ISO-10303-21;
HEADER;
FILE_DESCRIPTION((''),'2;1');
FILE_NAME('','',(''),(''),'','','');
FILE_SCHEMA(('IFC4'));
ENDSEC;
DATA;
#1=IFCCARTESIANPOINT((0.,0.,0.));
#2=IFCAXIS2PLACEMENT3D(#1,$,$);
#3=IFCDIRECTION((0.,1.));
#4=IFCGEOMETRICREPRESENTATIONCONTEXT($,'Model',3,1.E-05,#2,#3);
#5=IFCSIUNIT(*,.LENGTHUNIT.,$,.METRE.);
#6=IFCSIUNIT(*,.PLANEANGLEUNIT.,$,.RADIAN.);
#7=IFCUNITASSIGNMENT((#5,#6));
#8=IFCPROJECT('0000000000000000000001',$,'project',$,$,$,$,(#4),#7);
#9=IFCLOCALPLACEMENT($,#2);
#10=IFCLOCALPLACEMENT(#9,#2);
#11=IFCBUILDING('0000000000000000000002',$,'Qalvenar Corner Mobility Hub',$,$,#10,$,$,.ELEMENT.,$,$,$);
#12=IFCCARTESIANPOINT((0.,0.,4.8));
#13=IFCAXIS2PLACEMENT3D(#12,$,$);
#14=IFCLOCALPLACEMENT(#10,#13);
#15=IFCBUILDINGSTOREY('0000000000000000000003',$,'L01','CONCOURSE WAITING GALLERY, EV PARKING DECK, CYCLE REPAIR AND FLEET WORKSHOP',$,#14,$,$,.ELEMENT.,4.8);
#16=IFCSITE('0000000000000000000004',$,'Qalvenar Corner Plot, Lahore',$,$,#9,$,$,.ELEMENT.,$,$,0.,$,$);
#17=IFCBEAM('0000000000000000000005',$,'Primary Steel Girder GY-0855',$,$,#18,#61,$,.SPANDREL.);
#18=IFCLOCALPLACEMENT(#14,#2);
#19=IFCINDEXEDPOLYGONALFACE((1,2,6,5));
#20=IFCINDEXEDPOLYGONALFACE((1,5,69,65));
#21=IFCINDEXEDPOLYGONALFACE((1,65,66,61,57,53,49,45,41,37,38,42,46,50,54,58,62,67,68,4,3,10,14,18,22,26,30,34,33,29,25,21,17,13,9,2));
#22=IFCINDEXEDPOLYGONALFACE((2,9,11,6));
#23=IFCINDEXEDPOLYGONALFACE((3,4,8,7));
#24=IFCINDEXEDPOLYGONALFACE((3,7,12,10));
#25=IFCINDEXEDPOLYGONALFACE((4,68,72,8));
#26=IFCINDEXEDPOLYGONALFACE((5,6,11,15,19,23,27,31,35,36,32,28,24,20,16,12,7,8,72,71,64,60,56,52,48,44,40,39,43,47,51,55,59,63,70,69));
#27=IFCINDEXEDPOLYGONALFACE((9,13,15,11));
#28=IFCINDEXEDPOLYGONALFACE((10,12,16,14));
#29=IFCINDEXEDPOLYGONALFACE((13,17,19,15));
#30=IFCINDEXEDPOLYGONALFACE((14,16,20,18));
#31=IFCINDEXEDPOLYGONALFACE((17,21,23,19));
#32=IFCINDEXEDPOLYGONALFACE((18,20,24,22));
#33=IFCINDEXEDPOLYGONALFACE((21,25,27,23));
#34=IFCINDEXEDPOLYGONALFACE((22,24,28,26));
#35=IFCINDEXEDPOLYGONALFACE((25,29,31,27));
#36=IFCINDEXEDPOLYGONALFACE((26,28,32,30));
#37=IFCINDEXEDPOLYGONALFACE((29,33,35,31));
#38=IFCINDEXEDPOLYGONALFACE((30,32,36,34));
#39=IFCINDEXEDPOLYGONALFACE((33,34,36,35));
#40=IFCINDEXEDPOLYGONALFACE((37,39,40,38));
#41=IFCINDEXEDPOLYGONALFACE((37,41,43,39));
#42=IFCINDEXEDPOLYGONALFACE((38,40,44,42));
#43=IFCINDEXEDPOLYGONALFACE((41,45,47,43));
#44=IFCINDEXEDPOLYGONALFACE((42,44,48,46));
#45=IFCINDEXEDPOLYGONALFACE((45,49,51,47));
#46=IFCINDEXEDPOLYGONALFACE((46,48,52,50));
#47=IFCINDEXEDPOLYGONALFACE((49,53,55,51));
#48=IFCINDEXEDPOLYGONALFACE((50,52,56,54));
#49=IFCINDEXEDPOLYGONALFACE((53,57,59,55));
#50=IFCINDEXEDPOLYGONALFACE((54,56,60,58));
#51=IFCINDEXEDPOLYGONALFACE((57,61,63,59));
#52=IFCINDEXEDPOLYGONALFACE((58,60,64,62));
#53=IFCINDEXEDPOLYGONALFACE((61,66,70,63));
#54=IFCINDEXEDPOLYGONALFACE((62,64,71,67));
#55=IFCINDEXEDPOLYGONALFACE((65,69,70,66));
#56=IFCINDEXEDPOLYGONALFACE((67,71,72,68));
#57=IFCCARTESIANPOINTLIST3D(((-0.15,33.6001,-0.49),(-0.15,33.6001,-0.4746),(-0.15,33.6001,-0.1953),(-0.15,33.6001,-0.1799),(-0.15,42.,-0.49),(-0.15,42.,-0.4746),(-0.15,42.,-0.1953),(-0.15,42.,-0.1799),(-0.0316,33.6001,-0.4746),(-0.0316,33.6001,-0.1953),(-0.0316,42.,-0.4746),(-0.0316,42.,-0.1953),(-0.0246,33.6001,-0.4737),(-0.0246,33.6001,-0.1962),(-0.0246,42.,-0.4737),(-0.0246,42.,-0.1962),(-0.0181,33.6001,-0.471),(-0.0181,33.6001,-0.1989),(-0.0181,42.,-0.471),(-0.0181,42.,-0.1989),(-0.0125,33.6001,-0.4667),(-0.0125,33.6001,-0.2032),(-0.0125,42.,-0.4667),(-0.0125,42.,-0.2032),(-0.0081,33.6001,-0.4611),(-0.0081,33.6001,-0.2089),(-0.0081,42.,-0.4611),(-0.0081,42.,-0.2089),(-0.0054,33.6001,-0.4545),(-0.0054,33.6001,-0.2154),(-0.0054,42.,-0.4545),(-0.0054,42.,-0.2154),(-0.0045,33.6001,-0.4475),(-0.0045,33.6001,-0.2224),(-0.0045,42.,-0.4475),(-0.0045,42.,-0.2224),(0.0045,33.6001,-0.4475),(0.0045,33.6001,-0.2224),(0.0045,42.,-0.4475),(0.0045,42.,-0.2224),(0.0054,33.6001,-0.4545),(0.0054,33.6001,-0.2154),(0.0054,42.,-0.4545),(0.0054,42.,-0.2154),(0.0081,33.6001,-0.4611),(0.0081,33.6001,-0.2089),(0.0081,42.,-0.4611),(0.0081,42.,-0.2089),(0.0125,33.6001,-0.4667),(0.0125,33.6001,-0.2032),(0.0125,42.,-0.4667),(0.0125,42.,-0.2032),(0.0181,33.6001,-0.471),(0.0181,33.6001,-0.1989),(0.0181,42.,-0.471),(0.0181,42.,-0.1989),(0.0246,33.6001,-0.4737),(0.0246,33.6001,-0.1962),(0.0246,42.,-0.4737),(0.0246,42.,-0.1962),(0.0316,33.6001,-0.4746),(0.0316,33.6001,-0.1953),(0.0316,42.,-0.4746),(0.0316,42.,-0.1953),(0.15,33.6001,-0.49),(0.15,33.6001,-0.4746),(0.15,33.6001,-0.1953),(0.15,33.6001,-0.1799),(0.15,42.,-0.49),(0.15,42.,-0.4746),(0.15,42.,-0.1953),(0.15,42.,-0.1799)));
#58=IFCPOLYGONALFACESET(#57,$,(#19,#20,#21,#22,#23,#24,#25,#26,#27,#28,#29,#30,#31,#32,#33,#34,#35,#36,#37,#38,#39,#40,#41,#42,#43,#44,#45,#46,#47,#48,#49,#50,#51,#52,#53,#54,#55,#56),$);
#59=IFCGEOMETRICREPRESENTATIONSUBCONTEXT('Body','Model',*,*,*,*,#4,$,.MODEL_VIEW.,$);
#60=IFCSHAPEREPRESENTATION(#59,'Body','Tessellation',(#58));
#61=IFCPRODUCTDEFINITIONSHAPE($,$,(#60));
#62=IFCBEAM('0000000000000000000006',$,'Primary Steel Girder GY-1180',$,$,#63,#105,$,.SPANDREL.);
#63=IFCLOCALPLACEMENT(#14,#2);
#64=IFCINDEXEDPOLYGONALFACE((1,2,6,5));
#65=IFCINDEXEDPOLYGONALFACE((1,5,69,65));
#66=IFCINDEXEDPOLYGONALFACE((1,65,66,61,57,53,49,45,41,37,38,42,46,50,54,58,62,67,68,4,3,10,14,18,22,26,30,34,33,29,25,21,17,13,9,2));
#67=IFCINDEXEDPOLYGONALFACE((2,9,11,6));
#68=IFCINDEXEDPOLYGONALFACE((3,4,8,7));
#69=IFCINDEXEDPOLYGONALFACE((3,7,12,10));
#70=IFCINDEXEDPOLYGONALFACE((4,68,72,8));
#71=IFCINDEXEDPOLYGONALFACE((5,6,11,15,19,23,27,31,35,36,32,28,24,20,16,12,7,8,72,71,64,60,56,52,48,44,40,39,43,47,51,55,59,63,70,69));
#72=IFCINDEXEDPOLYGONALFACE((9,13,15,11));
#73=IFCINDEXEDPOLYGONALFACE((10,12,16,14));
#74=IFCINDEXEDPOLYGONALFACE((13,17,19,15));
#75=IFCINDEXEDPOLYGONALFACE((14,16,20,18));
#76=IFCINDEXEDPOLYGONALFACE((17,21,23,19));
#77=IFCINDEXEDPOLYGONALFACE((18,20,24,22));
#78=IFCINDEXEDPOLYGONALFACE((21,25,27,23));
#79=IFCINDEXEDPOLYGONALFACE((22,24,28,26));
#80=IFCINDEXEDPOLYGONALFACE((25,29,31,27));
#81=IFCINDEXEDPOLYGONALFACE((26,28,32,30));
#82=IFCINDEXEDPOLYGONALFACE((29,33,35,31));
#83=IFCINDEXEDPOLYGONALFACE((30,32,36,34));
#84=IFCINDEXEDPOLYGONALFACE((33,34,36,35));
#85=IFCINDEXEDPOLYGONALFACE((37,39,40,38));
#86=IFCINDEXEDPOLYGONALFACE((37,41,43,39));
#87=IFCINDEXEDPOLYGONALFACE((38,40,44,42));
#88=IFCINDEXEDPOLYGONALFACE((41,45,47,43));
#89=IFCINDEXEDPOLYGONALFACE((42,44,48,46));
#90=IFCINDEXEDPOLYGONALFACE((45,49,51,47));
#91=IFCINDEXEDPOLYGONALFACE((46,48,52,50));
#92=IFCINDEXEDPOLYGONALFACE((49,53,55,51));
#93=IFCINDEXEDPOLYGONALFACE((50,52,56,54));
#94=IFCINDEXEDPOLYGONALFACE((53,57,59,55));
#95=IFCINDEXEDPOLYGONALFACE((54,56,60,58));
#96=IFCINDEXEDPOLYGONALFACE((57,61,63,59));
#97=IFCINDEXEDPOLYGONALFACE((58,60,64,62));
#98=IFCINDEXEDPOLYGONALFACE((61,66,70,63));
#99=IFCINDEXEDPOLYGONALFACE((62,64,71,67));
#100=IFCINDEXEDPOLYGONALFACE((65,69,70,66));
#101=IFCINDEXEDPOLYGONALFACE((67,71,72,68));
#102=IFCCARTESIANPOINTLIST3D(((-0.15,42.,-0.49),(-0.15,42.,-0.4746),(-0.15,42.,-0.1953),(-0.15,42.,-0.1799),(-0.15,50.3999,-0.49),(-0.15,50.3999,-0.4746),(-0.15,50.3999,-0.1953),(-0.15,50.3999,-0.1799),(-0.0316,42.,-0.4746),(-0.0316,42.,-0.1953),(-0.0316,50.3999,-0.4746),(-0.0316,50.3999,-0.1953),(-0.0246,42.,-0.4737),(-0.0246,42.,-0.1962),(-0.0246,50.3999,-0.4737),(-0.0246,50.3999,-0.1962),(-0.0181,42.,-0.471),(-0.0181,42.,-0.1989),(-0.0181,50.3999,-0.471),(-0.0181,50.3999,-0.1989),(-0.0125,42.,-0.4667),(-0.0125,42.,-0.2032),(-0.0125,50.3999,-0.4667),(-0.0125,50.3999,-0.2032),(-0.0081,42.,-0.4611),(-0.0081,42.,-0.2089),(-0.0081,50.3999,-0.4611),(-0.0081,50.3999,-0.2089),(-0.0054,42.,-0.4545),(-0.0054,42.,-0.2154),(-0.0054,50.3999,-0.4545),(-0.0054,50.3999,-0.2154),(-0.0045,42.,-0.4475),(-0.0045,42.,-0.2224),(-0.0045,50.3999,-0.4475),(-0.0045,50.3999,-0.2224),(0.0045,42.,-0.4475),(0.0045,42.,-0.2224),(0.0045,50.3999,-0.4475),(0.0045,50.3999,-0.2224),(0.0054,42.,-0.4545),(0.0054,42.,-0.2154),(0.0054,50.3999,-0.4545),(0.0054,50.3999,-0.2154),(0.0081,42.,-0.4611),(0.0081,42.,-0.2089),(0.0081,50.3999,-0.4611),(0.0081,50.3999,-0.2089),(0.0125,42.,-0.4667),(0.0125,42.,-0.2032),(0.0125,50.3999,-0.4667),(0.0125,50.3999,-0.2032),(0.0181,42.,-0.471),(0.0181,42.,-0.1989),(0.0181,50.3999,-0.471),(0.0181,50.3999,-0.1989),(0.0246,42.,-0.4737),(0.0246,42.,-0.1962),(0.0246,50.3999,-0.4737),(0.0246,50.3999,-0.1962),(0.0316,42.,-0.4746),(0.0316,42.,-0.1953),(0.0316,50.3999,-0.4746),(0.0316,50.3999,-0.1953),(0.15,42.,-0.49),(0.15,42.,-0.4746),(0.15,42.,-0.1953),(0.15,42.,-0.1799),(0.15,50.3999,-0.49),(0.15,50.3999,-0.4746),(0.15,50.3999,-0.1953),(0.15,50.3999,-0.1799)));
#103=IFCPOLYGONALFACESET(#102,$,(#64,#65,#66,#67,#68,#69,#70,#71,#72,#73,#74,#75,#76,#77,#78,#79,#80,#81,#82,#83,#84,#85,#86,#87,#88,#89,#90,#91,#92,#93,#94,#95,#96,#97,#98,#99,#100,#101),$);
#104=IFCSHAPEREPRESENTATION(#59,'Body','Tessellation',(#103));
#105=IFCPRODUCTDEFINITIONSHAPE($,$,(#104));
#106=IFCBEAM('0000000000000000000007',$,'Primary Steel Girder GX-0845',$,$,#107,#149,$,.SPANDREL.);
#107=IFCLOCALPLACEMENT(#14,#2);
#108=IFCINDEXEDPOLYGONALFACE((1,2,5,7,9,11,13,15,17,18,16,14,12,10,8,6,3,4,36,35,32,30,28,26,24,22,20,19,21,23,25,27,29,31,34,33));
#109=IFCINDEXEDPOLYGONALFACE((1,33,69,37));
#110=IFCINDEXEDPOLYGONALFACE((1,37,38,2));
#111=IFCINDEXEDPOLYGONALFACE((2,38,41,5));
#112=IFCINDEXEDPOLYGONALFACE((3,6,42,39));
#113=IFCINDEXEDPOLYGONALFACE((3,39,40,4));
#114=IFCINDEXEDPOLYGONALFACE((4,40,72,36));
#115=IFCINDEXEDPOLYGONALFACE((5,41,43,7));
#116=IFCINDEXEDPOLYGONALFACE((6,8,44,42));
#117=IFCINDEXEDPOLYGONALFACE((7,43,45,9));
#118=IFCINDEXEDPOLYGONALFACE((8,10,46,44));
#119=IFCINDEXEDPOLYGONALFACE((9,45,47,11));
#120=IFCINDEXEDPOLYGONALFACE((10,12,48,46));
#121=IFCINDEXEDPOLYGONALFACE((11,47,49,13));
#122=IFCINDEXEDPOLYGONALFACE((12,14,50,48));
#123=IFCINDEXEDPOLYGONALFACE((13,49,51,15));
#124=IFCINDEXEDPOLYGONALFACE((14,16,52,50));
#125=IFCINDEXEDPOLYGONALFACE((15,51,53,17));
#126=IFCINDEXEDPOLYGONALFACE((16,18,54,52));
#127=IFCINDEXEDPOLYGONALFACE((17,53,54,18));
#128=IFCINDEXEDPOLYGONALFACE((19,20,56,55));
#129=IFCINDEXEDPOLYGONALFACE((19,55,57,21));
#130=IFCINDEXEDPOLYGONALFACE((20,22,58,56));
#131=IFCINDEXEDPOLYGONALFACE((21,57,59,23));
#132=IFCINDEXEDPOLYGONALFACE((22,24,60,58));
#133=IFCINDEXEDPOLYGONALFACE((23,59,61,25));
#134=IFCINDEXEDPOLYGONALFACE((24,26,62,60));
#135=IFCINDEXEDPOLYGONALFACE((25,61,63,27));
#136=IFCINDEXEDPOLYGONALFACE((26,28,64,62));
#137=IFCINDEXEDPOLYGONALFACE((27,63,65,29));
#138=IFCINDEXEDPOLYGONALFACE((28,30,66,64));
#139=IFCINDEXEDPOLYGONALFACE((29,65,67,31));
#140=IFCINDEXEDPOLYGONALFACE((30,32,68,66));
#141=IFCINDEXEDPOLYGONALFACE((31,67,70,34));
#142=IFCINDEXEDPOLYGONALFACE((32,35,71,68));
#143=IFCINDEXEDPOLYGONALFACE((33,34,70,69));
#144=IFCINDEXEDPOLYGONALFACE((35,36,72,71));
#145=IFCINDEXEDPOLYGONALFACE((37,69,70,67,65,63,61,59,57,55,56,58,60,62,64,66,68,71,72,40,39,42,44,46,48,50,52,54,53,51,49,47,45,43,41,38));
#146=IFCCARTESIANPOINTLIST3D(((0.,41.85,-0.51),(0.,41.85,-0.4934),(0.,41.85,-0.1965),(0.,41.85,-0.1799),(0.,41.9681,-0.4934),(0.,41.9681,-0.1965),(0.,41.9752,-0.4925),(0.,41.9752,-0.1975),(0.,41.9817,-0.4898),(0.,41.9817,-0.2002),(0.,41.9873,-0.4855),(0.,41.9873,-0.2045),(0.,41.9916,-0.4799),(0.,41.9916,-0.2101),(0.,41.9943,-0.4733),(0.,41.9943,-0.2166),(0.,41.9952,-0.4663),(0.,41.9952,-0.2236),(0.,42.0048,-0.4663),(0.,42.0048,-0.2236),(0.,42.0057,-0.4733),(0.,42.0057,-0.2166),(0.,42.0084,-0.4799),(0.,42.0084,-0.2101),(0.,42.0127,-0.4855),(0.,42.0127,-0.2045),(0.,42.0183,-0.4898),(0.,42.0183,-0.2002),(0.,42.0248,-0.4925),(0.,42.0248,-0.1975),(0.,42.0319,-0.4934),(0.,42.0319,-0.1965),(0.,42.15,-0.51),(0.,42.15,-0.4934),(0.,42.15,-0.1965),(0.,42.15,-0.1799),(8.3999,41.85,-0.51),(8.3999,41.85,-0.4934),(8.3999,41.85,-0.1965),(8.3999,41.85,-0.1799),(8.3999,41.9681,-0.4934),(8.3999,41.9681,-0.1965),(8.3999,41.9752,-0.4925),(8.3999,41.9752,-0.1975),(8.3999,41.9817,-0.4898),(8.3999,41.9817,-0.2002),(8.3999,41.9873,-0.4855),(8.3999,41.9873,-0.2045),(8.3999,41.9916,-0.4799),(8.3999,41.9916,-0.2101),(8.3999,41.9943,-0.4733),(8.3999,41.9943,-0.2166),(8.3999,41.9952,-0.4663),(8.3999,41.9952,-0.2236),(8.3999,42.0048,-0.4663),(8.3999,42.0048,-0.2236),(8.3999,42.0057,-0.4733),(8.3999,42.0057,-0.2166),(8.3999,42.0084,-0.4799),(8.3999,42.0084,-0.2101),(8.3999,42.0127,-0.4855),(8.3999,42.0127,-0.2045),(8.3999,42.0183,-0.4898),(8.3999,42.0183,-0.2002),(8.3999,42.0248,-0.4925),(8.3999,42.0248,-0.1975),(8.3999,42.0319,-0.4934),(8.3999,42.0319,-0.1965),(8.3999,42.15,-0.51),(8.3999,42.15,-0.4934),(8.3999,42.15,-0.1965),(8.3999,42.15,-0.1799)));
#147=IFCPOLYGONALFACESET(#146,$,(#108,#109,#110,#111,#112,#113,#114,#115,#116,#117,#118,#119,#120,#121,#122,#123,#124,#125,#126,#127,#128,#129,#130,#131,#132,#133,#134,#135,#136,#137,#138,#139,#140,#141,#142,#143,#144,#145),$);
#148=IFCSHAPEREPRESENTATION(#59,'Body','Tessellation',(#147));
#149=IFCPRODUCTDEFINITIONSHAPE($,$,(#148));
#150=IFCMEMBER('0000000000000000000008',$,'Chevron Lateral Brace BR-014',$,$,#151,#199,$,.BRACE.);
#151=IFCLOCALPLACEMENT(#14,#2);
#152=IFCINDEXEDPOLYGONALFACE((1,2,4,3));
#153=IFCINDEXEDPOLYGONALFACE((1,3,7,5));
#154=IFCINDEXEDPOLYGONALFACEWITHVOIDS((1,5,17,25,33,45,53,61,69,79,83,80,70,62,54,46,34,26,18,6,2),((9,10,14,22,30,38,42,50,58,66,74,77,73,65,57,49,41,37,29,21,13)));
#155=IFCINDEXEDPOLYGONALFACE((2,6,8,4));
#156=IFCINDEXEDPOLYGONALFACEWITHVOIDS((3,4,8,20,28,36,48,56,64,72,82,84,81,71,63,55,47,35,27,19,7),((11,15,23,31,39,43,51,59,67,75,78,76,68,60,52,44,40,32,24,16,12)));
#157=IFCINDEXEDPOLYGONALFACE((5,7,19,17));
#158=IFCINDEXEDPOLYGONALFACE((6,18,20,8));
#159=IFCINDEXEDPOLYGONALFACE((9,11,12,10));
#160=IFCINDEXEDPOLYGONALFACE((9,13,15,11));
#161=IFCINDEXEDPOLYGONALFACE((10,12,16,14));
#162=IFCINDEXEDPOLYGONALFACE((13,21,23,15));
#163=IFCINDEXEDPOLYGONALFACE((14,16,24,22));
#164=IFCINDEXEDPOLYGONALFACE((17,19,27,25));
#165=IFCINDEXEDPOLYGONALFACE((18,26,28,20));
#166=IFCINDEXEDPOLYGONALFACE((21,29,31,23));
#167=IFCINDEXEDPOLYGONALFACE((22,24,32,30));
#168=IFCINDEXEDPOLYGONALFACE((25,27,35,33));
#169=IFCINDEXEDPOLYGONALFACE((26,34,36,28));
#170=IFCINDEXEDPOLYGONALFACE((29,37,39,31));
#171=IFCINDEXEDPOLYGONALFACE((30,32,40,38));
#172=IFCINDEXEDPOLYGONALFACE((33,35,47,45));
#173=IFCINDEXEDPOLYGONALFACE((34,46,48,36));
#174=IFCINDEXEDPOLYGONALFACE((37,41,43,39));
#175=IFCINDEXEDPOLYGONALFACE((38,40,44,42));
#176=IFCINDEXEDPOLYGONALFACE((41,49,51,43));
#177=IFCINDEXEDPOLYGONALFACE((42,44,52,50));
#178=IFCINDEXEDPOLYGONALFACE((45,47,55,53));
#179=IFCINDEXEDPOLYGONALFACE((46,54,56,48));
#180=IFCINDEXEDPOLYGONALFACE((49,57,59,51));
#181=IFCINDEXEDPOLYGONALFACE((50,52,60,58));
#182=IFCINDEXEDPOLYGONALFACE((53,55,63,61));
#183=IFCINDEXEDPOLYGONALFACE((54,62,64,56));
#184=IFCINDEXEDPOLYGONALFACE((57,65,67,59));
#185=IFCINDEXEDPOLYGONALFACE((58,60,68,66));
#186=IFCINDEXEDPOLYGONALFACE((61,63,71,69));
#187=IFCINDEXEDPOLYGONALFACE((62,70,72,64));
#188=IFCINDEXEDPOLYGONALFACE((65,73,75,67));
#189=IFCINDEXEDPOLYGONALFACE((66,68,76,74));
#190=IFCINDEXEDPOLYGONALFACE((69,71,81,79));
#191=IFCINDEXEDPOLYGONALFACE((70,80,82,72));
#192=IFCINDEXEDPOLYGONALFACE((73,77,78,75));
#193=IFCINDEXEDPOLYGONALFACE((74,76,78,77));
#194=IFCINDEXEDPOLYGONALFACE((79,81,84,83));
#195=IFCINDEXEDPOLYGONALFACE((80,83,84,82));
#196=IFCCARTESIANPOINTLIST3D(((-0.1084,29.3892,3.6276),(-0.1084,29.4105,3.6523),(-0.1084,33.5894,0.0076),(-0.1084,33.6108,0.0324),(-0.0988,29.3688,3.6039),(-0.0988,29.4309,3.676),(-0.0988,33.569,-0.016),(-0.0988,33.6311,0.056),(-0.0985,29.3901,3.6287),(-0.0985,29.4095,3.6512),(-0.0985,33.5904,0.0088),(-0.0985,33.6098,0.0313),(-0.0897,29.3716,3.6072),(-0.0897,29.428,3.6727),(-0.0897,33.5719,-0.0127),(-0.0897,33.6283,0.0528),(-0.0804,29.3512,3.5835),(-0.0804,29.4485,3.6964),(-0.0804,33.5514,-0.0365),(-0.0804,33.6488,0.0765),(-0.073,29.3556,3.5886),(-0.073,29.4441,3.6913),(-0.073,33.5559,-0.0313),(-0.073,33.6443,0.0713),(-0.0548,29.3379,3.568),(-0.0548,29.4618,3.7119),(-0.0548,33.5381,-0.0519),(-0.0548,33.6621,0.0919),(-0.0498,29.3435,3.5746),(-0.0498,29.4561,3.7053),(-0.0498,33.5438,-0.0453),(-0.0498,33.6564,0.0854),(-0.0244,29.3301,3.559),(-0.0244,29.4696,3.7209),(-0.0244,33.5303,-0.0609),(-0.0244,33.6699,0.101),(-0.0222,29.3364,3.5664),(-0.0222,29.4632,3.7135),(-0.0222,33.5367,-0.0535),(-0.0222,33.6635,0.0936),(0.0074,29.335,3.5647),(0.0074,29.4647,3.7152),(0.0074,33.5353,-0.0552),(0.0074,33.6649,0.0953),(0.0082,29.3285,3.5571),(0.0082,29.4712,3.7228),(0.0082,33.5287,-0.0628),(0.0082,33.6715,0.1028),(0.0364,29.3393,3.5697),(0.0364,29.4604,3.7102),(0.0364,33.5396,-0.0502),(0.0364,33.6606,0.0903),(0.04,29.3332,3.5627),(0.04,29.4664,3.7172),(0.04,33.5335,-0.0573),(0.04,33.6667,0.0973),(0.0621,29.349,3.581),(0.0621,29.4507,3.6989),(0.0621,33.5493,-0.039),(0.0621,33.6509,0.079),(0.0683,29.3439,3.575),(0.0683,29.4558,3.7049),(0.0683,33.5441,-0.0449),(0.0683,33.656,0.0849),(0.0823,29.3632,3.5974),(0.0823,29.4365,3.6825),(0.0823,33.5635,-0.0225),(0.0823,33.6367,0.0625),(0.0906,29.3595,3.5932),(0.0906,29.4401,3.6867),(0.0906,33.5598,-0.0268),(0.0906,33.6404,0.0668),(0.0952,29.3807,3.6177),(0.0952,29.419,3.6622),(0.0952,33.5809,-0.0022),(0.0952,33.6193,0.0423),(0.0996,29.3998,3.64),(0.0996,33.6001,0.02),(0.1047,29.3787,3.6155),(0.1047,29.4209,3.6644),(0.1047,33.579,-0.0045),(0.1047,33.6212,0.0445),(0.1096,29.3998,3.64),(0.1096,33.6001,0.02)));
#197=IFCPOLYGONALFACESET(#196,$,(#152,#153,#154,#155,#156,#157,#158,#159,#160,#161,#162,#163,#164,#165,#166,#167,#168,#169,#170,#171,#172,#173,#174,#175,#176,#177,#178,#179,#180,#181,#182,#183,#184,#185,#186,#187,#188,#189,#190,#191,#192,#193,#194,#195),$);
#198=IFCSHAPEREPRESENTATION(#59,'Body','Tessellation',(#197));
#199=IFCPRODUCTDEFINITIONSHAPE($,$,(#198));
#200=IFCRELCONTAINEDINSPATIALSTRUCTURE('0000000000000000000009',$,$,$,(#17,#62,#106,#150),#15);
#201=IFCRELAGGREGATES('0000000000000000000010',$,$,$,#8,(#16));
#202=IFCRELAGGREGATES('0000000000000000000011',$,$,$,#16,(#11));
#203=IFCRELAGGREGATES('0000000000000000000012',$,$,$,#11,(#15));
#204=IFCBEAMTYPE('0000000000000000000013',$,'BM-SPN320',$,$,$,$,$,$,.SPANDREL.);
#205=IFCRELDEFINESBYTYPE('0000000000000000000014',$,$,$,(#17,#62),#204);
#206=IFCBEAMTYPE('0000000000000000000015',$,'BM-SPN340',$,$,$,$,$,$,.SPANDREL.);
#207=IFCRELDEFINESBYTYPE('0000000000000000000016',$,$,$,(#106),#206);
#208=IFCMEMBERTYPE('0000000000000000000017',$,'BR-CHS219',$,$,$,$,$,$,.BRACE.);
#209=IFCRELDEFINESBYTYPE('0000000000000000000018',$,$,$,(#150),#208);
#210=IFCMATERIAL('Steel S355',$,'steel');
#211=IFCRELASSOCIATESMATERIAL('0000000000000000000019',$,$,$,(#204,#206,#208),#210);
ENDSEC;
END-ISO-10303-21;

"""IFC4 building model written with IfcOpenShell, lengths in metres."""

from ifc_helpers import new_model, si_unit, direction, frame, origin, origin_2d, place, context, subcontext, project, spatial, hollow_circle, i_section, extrude, material, material_profile, profile_set, type_object, element, save


model = new_model("IFC4")

# Units and contexts
model_context = context("Model", 3, precision=1e-05, world=origin(), true_north=direction((0.0, 1.0)))
body_context = subcontext(model_context, "Body", "Model", "MODEL_VIEW")
ifc_project = project(units=[si_unit("LENGTHUNIT", "METRE"), si_unit("PLANEANGLEUNIT", "RADIAN")], contexts=[model_context])

# Site, building, storey
site_placement = place(None, origin())
site = spatial("IfcSite", under=ifc_project, at=site_placement, Name="Qalvenar Corner Plot, Lahore", CompositionType="ELEMENT", RefElevation=0.0)
building_placement = place(site_placement, origin())
building = spatial("IfcBuilding", under=site, at=building_placement, Name="Qalvenar Corner Mobility Hub", CompositionType="ELEMENT")
storey_placement = place(building_placement, frame((0.0, 0.0, 4.8)))
storey = spatial("IfcBuildingStorey", under=building, at=storey_placement, Name="L01", Description="CONCOURSE WAITING GALLERY, EV PARKING DECK, CYCLE REPAIR AND FLEET WORKSHOP", CompositionType="ELEMENT", Elevation=4.8)

# Shared definitions
ifc_material_1 = material(Name="Steel S355", Category="steel")

# Beams
ifc_material_profile_1 = material_profile(ifc_material_1, i_section(OverallWidth=0.3, OverallDepth=0.3101, WebThickness=0.009, FlangeThickness=0.0154, FilletRadius=0.0271, at=origin_2d()), Name="HEA320")
ifc_profile_set_1 = profile_set([ifc_material_profile_1], Name="Steel S355")
beam_type_1 = type_object("IfcBeamType", Name="BM-SPN320", PredefinedType="SPANDREL", material=ifc_profile_set_1)
for number, where, z_axis, x_axis, name in (
    (1, (0.0, 33.6001, -0.335), (0.0, 1.0, 0.0), (-1.0, 0.0, 0.0), "Primary Steel Girder GY-0855"),
    (2, (0.0, 42.0, -0.335), (0.0, 1.0, 0.0), (-1.0, 0.0, 0.0), "Primary Steel Girder GY-1180"),
):
    element("IfcBeam", number, at=place(storey_placement, frame(where, z_axis=z_axis, x_axis=x_axis)), inside=storey, type_object=beam_type_1, Name=name, PredefinedType="SPANDREL", context=body_context, shape_type="SweptSolid", body=[
        extrude(i_section(OverallWidth=0.3, OverallDepth=0.3101, WebThickness=0.009, FlangeThickness=0.0154, FilletRadius=0.0271, at=origin_2d()), origin(), (0.0, 0.0, 1.0), 8.3999),
    ])
ifc_material_profile_2 = material_profile(ifc_material_1, i_section(OverallWidth=0.3, OverallDepth=0.3301, WebThickness=0.0095, FlangeThickness=0.0166, FilletRadius=0.0271, at=origin_2d()), Name="HEA340")
ifc_profile_set_2 = profile_set([ifc_material_profile_2], Name="Steel S355")
beam_type_2 = type_object("IfcBeamType", Name="BM-SPN340", PredefinedType="SPANDREL", material=ifc_profile_set_2)
beam_1_placement = place(storey_placement, frame((0.0, 42.0, -0.345), z_axis=(1.0, 0.0, 0.0), x_axis=(0.0, 1.0, 0.0)))
element("IfcBeam", 3, at=beam_1_placement, inside=storey, type_object=beam_type_2, Name="Primary Steel Girder GX-0845", PredefinedType="SPANDREL", context=body_context, shape_type="SweptSolid", body=[
    extrude(i_section(OverallWidth=0.3, OverallDepth=0.3301, WebThickness=0.0095, FlangeThickness=0.0166, FilletRadius=0.0271, at=origin_2d()), origin(), (0.0, 0.0, 1.0), 8.3999),
])

# Member
ifc_material_profile_3 = material_profile(ifc_material_1, hollow_circle(Radius=0.1096, WallThickness=0.01, at=origin_2d()), Name="CHS219.1x10")
ifc_profile_set_3 = profile_set([ifc_material_profile_3], Name="Steel S355")
member_type_1 = type_object("IfcMemberType", Name="BR-CHS219", PredefinedType="BRACE", material=ifc_profile_set_3)
member_1_placement = place(storey_placement, frame((0.0, 33.6001, 0.02), z_axis=(0.0, -0.757498, 0.652838), x_axis=(1.0, 0.0, 0.0)))
element("IfcMember", 4, at=member_1_placement, inside=storey, type_object=member_type_1, Name="Chevron Lateral Brace BR-014", PredefinedType="BRACE", context=body_context, shape_type="SweptSolid", body=[
    extrude(hollow_circle(Radius=0.1096, WallThickness=0.01, at=origin_2d()), origin(), (0.0, 0.0, 1.0), 5.5449),
])

save(model, "model.ifc")
